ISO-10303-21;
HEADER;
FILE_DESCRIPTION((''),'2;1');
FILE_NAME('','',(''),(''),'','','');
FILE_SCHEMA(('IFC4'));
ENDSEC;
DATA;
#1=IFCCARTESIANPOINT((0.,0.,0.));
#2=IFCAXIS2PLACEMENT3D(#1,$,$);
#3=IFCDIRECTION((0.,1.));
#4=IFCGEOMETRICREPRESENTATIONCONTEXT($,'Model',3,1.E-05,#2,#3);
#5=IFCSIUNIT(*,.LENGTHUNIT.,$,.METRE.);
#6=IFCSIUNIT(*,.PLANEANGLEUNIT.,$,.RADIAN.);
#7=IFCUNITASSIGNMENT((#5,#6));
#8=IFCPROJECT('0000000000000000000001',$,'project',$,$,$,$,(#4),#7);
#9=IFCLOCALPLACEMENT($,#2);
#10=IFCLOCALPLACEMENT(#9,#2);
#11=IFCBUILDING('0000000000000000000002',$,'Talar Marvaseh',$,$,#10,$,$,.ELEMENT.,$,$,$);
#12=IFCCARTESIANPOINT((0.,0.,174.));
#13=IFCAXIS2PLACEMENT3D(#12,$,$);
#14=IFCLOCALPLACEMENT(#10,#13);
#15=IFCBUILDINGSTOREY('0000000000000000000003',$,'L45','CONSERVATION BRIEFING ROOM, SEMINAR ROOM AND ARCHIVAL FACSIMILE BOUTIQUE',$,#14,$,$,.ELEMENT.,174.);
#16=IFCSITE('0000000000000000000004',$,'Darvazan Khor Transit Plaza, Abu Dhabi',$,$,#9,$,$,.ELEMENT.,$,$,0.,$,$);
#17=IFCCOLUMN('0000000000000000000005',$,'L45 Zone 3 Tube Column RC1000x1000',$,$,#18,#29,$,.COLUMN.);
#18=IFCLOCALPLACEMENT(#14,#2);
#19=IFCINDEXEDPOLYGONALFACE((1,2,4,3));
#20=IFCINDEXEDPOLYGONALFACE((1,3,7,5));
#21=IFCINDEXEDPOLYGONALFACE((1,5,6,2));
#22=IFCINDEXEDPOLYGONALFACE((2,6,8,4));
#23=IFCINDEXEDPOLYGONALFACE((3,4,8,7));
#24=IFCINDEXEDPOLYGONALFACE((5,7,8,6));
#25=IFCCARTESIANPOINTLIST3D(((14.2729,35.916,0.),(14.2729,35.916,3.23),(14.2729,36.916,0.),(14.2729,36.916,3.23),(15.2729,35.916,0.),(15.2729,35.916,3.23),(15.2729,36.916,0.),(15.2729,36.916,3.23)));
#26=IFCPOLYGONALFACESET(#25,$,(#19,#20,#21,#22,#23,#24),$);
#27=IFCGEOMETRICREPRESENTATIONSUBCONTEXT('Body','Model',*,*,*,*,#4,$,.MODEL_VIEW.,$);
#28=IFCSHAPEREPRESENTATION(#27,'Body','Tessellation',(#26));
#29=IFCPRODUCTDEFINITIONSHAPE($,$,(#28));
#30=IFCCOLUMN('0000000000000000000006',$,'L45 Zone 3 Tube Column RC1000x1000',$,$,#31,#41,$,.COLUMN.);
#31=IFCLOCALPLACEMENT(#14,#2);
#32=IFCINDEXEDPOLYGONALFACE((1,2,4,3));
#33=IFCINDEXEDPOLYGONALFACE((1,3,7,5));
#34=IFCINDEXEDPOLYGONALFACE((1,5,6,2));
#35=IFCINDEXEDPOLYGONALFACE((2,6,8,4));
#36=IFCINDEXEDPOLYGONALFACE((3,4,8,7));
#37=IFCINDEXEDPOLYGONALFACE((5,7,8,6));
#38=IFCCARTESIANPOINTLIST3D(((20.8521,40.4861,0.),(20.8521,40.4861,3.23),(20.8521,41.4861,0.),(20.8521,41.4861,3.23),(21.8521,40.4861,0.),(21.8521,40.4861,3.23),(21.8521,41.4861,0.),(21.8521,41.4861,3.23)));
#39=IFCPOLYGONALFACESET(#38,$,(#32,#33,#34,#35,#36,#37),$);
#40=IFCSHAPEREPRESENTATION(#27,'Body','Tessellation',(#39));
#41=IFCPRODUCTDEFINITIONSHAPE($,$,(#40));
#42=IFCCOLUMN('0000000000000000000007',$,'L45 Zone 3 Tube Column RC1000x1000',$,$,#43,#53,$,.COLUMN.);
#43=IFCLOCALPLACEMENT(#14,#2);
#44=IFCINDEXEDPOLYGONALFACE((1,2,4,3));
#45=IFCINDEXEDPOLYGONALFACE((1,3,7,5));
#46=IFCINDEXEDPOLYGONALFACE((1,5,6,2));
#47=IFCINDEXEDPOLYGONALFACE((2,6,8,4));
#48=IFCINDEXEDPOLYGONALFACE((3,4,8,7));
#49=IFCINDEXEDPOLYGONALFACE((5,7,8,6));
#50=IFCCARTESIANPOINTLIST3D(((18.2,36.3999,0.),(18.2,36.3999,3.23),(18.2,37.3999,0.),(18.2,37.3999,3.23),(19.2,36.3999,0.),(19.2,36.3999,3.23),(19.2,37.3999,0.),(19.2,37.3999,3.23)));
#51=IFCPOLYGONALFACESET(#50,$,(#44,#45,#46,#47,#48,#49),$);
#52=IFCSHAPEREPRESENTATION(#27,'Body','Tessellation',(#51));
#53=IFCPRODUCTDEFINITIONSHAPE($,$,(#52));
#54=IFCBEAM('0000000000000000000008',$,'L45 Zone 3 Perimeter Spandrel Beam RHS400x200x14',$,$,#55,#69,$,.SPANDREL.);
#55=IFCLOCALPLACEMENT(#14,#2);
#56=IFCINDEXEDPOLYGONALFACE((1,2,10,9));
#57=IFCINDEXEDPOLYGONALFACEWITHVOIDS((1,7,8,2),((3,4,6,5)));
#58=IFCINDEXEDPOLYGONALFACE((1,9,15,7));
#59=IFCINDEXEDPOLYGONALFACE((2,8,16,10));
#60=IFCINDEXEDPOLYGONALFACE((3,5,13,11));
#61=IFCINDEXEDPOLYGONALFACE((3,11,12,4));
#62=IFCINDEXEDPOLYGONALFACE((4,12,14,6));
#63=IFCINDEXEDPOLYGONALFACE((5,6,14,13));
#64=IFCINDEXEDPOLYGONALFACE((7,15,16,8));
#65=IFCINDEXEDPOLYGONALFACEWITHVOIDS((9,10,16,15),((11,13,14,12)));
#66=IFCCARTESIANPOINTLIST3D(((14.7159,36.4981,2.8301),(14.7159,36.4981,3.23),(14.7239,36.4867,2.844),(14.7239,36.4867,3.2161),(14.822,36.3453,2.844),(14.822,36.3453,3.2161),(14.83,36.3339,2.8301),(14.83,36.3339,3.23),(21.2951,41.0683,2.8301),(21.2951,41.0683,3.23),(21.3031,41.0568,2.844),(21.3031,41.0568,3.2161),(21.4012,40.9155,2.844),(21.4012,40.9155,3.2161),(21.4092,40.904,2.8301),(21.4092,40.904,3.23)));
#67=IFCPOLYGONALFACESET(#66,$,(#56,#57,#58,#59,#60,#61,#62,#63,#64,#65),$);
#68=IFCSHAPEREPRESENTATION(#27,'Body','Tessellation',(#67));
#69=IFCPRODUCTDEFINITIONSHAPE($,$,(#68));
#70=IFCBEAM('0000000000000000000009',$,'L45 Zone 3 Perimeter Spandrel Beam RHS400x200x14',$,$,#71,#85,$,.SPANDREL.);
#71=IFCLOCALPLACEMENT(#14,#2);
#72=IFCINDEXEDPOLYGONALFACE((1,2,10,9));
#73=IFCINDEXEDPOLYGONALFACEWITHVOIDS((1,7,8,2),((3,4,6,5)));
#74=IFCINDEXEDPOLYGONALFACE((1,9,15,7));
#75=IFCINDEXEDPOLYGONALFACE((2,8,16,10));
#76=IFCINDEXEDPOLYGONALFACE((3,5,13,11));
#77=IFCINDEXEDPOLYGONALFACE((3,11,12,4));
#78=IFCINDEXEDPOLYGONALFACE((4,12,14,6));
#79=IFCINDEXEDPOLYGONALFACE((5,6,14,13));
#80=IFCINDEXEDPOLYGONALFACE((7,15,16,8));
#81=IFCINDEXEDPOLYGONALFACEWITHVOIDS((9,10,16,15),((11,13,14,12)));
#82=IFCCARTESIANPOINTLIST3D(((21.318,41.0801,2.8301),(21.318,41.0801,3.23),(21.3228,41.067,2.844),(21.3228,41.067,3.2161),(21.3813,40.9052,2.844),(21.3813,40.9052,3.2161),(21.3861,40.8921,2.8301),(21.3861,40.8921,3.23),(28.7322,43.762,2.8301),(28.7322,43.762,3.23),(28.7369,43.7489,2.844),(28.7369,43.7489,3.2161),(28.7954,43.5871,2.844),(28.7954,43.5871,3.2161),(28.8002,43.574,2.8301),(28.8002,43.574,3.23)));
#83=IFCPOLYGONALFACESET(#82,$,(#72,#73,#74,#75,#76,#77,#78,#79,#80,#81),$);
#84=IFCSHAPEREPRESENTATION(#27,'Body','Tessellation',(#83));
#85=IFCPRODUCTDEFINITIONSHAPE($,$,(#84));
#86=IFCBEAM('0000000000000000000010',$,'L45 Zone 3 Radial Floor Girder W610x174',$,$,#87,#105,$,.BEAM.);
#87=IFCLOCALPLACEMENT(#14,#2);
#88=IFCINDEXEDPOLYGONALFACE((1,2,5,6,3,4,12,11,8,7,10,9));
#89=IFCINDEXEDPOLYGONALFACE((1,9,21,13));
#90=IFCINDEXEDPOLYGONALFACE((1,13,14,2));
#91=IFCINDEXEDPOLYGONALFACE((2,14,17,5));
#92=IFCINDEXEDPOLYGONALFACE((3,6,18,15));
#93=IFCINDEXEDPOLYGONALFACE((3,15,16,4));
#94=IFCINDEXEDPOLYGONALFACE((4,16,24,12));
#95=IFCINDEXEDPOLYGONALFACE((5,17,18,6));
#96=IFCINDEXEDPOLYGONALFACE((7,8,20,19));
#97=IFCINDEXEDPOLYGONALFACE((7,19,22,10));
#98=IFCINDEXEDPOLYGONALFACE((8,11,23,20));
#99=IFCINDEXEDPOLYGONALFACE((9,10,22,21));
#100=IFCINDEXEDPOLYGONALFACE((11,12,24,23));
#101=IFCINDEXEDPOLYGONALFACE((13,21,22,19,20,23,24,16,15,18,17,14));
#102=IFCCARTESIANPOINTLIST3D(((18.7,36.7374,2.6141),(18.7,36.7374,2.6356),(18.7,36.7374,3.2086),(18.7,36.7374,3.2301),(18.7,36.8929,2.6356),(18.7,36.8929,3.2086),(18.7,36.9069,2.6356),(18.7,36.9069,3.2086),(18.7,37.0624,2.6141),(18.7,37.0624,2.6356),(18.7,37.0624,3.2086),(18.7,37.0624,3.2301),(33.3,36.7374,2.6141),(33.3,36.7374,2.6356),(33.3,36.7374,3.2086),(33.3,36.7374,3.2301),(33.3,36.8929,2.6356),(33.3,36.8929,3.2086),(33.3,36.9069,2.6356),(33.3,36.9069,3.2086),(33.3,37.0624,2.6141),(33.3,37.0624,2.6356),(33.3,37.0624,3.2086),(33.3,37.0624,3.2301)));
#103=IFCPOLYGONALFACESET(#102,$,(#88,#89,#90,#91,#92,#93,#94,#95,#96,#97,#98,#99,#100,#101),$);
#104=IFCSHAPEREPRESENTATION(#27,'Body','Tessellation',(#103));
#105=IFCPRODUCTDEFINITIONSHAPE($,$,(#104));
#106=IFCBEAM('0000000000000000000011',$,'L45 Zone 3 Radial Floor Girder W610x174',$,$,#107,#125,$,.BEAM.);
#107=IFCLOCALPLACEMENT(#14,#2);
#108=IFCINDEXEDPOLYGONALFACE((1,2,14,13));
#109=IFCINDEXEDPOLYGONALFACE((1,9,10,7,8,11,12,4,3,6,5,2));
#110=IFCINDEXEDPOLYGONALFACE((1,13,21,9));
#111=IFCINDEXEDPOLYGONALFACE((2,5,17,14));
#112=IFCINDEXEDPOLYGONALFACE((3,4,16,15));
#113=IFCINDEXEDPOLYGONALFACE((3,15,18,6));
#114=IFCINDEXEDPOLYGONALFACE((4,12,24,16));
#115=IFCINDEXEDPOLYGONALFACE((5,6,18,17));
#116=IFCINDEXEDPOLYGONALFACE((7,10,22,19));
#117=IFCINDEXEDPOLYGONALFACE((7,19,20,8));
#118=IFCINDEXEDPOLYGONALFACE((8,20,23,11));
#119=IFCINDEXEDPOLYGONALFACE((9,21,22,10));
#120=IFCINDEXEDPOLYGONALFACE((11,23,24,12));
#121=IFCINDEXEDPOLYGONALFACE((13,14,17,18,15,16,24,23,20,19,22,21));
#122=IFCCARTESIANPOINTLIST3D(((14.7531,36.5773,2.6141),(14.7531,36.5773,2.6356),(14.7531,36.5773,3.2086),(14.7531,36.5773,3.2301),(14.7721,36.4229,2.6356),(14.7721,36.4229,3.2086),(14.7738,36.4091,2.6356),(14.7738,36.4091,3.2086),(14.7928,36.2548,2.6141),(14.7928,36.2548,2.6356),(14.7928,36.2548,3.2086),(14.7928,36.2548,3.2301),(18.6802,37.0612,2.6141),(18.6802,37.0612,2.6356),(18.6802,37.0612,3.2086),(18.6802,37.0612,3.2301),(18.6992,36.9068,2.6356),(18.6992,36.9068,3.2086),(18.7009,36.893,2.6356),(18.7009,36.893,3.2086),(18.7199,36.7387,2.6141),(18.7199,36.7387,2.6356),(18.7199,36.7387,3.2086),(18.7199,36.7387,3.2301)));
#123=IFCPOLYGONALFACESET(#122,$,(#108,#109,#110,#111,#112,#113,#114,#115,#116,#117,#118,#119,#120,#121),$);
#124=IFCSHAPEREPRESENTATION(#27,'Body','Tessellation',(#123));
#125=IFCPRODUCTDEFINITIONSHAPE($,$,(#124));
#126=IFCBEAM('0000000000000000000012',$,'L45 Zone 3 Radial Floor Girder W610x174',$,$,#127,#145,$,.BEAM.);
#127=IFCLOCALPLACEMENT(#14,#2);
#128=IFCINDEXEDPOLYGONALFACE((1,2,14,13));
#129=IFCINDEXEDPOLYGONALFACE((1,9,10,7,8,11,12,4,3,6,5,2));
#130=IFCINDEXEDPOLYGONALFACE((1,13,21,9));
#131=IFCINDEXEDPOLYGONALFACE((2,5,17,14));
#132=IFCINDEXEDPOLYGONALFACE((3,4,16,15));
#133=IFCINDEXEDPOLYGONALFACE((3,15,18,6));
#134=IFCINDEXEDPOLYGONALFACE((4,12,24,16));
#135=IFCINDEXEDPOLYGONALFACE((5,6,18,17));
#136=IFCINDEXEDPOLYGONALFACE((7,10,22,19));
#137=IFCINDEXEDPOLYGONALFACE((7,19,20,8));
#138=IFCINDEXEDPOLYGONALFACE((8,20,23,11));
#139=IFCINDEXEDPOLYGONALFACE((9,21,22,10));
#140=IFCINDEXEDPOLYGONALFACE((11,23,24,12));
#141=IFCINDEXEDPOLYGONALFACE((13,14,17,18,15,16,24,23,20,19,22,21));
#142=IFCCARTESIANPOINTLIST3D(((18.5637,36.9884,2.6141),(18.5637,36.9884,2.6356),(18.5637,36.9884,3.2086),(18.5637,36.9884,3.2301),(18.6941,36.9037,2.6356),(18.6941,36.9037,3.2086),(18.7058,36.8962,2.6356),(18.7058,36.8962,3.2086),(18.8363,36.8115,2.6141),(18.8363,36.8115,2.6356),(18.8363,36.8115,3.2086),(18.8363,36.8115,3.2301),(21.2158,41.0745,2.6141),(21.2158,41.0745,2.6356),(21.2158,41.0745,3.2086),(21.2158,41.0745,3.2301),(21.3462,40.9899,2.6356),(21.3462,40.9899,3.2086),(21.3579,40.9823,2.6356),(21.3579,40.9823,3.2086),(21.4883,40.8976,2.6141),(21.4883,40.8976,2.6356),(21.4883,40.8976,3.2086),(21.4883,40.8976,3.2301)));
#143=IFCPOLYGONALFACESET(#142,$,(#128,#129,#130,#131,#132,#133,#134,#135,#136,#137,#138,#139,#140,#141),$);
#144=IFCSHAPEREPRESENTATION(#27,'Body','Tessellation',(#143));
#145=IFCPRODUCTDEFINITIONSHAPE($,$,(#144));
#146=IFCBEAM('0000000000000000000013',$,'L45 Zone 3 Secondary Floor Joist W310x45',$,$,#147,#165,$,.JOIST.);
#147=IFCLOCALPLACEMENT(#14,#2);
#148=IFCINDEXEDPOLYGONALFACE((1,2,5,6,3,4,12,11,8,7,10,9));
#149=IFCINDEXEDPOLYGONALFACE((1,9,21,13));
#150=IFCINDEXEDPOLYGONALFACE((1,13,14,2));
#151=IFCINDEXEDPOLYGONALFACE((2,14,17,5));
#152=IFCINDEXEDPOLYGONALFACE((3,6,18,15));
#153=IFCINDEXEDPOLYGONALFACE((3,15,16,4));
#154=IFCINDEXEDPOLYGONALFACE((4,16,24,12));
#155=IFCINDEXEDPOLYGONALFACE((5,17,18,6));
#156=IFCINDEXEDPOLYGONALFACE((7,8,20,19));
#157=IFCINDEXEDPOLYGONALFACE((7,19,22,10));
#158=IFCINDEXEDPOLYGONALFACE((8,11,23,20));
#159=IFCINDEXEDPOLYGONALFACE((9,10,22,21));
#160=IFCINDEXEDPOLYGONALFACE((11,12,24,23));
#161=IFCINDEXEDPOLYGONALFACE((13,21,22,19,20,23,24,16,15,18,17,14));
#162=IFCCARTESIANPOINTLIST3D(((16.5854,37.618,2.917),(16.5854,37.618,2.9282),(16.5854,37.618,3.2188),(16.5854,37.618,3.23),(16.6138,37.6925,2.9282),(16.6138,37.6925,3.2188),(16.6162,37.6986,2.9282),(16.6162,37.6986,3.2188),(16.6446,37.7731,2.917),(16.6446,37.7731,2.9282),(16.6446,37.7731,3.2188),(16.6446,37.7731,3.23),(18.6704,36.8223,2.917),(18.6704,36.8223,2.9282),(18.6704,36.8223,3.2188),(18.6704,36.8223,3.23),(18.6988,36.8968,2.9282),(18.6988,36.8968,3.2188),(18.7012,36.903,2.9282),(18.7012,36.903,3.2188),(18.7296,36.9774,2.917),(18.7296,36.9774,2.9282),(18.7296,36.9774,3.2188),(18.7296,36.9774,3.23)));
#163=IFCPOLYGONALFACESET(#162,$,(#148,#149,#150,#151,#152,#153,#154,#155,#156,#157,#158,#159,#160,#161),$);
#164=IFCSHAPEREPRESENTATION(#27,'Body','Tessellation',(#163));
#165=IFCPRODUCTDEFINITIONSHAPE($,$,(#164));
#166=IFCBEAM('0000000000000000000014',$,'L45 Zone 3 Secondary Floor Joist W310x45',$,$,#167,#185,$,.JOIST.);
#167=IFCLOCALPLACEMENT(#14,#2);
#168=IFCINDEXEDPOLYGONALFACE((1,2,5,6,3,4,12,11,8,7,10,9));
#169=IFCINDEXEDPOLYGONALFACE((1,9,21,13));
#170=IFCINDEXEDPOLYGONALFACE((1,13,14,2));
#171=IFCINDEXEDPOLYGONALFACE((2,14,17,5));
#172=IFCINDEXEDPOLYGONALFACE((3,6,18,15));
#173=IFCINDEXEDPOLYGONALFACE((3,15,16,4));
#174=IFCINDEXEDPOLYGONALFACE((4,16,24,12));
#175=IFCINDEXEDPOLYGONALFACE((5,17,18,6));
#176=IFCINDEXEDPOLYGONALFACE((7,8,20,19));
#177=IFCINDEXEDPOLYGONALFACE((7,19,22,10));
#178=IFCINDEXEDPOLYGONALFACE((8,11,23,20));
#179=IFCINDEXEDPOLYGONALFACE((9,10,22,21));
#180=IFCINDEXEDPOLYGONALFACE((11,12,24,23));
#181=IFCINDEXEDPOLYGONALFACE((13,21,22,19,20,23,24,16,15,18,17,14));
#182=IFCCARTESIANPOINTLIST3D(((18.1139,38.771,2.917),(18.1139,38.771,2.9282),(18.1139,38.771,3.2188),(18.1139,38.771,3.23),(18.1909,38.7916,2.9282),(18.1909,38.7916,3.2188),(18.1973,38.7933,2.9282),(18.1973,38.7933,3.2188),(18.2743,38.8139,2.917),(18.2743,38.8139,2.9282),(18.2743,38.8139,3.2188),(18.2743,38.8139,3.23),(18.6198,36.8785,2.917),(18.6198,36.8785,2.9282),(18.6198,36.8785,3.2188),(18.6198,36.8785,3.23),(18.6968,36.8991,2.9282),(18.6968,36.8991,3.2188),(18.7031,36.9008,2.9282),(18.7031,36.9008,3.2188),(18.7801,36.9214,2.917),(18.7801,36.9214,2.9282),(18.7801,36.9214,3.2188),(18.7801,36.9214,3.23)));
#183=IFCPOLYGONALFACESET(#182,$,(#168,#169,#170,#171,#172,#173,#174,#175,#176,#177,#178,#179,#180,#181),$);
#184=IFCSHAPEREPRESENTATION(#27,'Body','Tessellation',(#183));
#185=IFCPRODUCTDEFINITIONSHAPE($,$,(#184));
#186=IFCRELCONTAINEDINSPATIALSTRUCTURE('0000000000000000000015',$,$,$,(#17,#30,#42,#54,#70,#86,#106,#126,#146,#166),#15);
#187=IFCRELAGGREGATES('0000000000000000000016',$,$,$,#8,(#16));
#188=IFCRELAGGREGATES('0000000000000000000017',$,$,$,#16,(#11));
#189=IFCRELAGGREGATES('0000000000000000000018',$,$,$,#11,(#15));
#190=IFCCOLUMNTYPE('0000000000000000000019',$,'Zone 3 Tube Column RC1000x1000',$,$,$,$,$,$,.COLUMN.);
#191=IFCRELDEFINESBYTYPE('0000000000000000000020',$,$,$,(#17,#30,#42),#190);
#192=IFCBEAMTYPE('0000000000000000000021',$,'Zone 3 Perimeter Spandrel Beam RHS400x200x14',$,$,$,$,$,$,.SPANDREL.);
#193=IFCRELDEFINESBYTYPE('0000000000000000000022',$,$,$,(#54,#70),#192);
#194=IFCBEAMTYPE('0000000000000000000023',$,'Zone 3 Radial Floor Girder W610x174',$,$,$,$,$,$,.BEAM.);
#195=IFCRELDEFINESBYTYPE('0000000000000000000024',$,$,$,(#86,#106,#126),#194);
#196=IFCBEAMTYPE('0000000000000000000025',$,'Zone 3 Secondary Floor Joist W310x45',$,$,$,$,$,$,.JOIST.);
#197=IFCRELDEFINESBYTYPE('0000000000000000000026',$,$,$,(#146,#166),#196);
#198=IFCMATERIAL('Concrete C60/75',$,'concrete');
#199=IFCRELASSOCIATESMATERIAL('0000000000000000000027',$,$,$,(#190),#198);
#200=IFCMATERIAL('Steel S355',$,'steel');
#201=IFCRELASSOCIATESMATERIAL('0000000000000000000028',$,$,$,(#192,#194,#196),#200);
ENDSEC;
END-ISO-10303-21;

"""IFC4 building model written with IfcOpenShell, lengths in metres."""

from ifc_helpers import new_model, si_unit, direction, frame, origin, origin_2d, place, context, subcontext, project, spatial, rectangle, hollow_rectangle, i_section, extrude, material, material_profile, profile_set, type_object, element, save


model = new_model("IFC4")

# Units and contexts
model_context = context("Model", 3, precision=1e-05, world=origin(), true_north=direction((0.0, 1.0)))
body_context = subcontext(model_context, "Body", "Model", "MODEL_VIEW")
ifc_project = project(units=[si_unit("LENGTHUNIT", "METRE"), si_unit("PLANEANGLEUNIT", "RADIAN")], contexts=[model_context])

# Site, building, storey
site_placement = place(None, origin())
site = spatial("IfcSite", under=ifc_project, at=site_placement, Name="Darvazan Khor Transit Plaza, Abu Dhabi", CompositionType="ELEMENT", RefElevation=0.0)
building_placement = place(site_placement, origin())
building = spatial("IfcBuilding", under=site, at=building_placement, Name="Talar Marvaseh", CompositionType="ELEMENT")
storey_placement = place(building_placement, frame((0.0, 0.0, 174.0)))
storey = spatial("IfcBuildingStorey", under=building, at=storey_placement, Name="L45", Description="CONSERVATION BRIEFING ROOM, SEMINAR ROOM AND ARCHIVAL FACSIMILE BOUTIQUE", CompositionType="ELEMENT", Elevation=174.0)

# Columns
ifc_material_1 = material(Name="Concrete C60/75", Category="concrete")
ifc_material_profile_1 = material_profile(ifc_material_1, rectangle(XDim=1.0, YDim=1.0, at=origin_2d()), Name="RC1000x1000")
ifc_profile_set_1 = profile_set([ifc_material_profile_1], Name="Concrete C60/75")
column_type = type_object("IfcColumnType", Name="Zone 3 Tube Column RC1000x1000", PredefinedType="COLUMN", material=ifc_profile_set_1)
for number, where, z_axis, x_axis, name in (
    (1, (14.7729, 36.416, 0.0), (0.0, 0.0, 1.0), (1.0, 0.0, 0.0), "L45 Zone 3 Tube Column RC1000x1000"),
    (2, (21.3521, 40.9861, 0.0), (0.0, 0.0, 1.0), (1.0, 0.0, 0.0), "L45 Zone 3 Tube Column RC1000x1000"),
    (3, (18.7, 36.8999, 0.0), (0.0, 0.0, 1.0), (1.0, 0.0, 0.0), "L45 Zone 3 Tube Column RC1000x1000"),
):
    element("IfcColumn", number, at=place(storey_placement, frame(where, z_axis=z_axis, x_axis=x_axis)), inside=storey, type_object=column_type, Name=name, PredefinedType="COLUMN", context=body_context, shape_type="SweptSolid", body=[
        extrude(rectangle(XDim=1.0, YDim=1.0, at=origin_2d()), origin(), (0.0, 0.0, 1.0), 3.23),
    ])

# Beams
ifc_material_2 = material(Name="Steel S355", Category="steel")
ifc_material_profile_2 = material_profile(ifc_material_2, hollow_rectangle(XDim=0.2, YDim=0.3999, WallThickness=0.0139, at=origin_2d()), Name="RHS400x200x14")
ifc_profile_set_2 = profile_set([ifc_material_profile_2], Name="Steel S355")
beam_type_1 = type_object("IfcBeamType", Name="Zone 3 Perimeter Spandrel Beam RHS400x200x14", PredefinedType="SPANDREL", material=ifc_profile_set_2)
beam_1_placement = place(storey_placement, frame((14.7729, 36.416, 3.03), z_axis=(0.821297, 0.570501, 0.0), x_axis=(-0.570501, 0.821297, 0.0)))
element("IfcBeam", 4, at=beam_1_placement, inside=storey, type_object=beam_type_1, Name="L45 Zone 3 Perimeter Spandrel Beam RHS400x200x14", PredefinedType="SPANDREL", context=body_context, shape_type="SweptSolid", body=[
    extrude(hollow_rectangle(XDim=0.2, YDim=0.3999, WallThickness=0.0139, at=origin_2d()), origin(), (0.0, 0.0, 1.0), 8.0107),
])
beam_2_placement = place(storey_placement, frame((21.3521, 40.9861, 3.03), z_axis=(0.940368, 0.340159, 0.0), x_axis=(-0.340159, 0.940368, 0.0)))
element("IfcBeam", 5, at=beam_2_placement, inside=storey, type_object=beam_type_1, Name="L45 Zone 3 Perimeter Spandrel Beam RHS400x200x14", PredefinedType="SPANDREL", context=body_context, shape_type="SweptSolid", body=[
    extrude(hollow_rectangle(XDim=0.2, YDim=0.3999, WallThickness=0.0139, at=origin_2d()), origin(), (0.0, 0.0, 1.0), 7.8843),
])
ifc_material_profile_3 = material_profile(ifc_material_2, i_section(OverallWidth=0.325, OverallDepth=0.616, WebThickness=0.0139, FlangeThickness=0.0215, at=origin_2d()), Name="W610x174")
ifc_profile_set_3 = profile_set([ifc_material_profile_3], Name="Steel S355")
beam_type_2 = type_object("IfcBeamType", Name="Zone 3 Radial Floor Girder W610x174", PredefinedType="BEAM", material=ifc_profile_set_3)
beam_3_placement = place(storey_placement, frame((18.7, 36.8999, 2.9221), z_axis=(1.0, 0.0, 0.0), x_axis=(0.0, 1.0, 0.0)))
element("IfcBeam", 6, at=beam_3_placement, inside=storey, type_object=beam_type_2, Name="L45 Zone 3 Radial Floor Girder W610x174", PredefinedType="BEAM", context=body_context, shape_type="SweptSolid", body=[
    extrude(i_section(OverallWidth=0.325, OverallDepth=0.616, WebThickness=0.0139, FlangeThickness=0.0215, at=origin_2d()), origin(), (0.0, 0.0, 1.0), 14.6001),
])
beam_4_placement = place(storey_placement, frame((14.7729, 36.416, 2.9221), z_axis=(0.992494, 0.122295, 0.0), x_axis=(-0.122295, 0.992494, 0.0)))
element("IfcBeam", 7, at=beam_4_placement, inside=storey, type_object=beam_type_2, Name="L45 Zone 3 Radial Floor Girder W610x174", PredefinedType="BEAM", context=body_context, shape_type="SweptSolid", body=[
    extrude(i_section(OverallWidth=0.325, OverallDepth=0.616, WebThickness=0.0139, FlangeThickness=0.0215, at=origin_2d()), origin(), (0.0, 0.0, 1.0), 3.9568),
])
beam_5_placement = place(storey_placement, frame((21.3521, 40.9861, 2.9221), z_axis=(-0.544423, -0.838811, 0.0), x_axis=(0.838811, -0.544423, 0.0)))
element("IfcBeam", 8, at=beam_5_placement, inside=storey, type_object=beam_type_2, Name="L45 Zone 3 Radial Floor Girder W610x174", PredefinedType="BEAM", context=body_context, shape_type="SweptSolid", body=[
    extrude(i_section(OverallWidth=0.325, OverallDepth=0.616, WebThickness=0.0139, FlangeThickness=0.0215, at=origin_2d()), origin(), (0.0, 0.0, 1.0), 4.8713),
])
ifc_material_profile_4 = material_profile(ifc_material_2, i_section(OverallWidth=0.166, OverallDepth=0.313, WebThickness=0.0066, FlangeThickness=0.0112, at=origin_2d()), Name="W310x45")
ifc_profile_set_4 = profile_set([ifc_material_profile_4], Name="Steel S355")
beam_type_3 = type_object("IfcBeamType", Name="Zone 3 Secondary Floor Joist W310x45", PredefinedType="JOIST", material=ifc_profile_set_4)
beam_6_placement = place(storey_placement, frame((16.615, 37.6956, 3.0735), z_axis=(0.934281, -0.356537, 0.0), x_axis=(0.356537, 0.934281, 0.0)))
element("IfcBeam", 9, at=beam_6_placement, inside=storey, type_object=beam_type_3, Name="L45 Zone 3 Secondary Floor Joist W310x45", PredefinedType="JOIST", context=body_context, shape_type="SweptSolid", body=[
    extrude(i_section(OverallWidth=0.166, OverallDepth=0.313, WebThickness=0.0066, FlangeThickness=0.0112, at=origin_2d()), origin(), (0.0, 0.0, 1.0), 2.2317),
])
beam_7_placement = place(storey_placement, frame((18.1941, 38.7925, 3.0735), z_axis=(0.258221, -0.966086, 0.0), x_axis=(0.966086, 0.258221, 0.0)))
element("IfcBeam", 10, at=beam_7_placement, inside=storey, type_object=beam_type_3, Name="L45 Zone 3 Secondary Floor Joist W310x45", PredefinedType="JOIST", context=body_context, shape_type="SweptSolid", body=[
    extrude(i_section(OverallWidth=0.166, OverallDepth=0.313, WebThickness=0.0066, FlangeThickness=0.0112, at=origin_2d()), origin(), (0.0, 0.0, 1.0), 1.959),
])

save(model, "model.ifc")
